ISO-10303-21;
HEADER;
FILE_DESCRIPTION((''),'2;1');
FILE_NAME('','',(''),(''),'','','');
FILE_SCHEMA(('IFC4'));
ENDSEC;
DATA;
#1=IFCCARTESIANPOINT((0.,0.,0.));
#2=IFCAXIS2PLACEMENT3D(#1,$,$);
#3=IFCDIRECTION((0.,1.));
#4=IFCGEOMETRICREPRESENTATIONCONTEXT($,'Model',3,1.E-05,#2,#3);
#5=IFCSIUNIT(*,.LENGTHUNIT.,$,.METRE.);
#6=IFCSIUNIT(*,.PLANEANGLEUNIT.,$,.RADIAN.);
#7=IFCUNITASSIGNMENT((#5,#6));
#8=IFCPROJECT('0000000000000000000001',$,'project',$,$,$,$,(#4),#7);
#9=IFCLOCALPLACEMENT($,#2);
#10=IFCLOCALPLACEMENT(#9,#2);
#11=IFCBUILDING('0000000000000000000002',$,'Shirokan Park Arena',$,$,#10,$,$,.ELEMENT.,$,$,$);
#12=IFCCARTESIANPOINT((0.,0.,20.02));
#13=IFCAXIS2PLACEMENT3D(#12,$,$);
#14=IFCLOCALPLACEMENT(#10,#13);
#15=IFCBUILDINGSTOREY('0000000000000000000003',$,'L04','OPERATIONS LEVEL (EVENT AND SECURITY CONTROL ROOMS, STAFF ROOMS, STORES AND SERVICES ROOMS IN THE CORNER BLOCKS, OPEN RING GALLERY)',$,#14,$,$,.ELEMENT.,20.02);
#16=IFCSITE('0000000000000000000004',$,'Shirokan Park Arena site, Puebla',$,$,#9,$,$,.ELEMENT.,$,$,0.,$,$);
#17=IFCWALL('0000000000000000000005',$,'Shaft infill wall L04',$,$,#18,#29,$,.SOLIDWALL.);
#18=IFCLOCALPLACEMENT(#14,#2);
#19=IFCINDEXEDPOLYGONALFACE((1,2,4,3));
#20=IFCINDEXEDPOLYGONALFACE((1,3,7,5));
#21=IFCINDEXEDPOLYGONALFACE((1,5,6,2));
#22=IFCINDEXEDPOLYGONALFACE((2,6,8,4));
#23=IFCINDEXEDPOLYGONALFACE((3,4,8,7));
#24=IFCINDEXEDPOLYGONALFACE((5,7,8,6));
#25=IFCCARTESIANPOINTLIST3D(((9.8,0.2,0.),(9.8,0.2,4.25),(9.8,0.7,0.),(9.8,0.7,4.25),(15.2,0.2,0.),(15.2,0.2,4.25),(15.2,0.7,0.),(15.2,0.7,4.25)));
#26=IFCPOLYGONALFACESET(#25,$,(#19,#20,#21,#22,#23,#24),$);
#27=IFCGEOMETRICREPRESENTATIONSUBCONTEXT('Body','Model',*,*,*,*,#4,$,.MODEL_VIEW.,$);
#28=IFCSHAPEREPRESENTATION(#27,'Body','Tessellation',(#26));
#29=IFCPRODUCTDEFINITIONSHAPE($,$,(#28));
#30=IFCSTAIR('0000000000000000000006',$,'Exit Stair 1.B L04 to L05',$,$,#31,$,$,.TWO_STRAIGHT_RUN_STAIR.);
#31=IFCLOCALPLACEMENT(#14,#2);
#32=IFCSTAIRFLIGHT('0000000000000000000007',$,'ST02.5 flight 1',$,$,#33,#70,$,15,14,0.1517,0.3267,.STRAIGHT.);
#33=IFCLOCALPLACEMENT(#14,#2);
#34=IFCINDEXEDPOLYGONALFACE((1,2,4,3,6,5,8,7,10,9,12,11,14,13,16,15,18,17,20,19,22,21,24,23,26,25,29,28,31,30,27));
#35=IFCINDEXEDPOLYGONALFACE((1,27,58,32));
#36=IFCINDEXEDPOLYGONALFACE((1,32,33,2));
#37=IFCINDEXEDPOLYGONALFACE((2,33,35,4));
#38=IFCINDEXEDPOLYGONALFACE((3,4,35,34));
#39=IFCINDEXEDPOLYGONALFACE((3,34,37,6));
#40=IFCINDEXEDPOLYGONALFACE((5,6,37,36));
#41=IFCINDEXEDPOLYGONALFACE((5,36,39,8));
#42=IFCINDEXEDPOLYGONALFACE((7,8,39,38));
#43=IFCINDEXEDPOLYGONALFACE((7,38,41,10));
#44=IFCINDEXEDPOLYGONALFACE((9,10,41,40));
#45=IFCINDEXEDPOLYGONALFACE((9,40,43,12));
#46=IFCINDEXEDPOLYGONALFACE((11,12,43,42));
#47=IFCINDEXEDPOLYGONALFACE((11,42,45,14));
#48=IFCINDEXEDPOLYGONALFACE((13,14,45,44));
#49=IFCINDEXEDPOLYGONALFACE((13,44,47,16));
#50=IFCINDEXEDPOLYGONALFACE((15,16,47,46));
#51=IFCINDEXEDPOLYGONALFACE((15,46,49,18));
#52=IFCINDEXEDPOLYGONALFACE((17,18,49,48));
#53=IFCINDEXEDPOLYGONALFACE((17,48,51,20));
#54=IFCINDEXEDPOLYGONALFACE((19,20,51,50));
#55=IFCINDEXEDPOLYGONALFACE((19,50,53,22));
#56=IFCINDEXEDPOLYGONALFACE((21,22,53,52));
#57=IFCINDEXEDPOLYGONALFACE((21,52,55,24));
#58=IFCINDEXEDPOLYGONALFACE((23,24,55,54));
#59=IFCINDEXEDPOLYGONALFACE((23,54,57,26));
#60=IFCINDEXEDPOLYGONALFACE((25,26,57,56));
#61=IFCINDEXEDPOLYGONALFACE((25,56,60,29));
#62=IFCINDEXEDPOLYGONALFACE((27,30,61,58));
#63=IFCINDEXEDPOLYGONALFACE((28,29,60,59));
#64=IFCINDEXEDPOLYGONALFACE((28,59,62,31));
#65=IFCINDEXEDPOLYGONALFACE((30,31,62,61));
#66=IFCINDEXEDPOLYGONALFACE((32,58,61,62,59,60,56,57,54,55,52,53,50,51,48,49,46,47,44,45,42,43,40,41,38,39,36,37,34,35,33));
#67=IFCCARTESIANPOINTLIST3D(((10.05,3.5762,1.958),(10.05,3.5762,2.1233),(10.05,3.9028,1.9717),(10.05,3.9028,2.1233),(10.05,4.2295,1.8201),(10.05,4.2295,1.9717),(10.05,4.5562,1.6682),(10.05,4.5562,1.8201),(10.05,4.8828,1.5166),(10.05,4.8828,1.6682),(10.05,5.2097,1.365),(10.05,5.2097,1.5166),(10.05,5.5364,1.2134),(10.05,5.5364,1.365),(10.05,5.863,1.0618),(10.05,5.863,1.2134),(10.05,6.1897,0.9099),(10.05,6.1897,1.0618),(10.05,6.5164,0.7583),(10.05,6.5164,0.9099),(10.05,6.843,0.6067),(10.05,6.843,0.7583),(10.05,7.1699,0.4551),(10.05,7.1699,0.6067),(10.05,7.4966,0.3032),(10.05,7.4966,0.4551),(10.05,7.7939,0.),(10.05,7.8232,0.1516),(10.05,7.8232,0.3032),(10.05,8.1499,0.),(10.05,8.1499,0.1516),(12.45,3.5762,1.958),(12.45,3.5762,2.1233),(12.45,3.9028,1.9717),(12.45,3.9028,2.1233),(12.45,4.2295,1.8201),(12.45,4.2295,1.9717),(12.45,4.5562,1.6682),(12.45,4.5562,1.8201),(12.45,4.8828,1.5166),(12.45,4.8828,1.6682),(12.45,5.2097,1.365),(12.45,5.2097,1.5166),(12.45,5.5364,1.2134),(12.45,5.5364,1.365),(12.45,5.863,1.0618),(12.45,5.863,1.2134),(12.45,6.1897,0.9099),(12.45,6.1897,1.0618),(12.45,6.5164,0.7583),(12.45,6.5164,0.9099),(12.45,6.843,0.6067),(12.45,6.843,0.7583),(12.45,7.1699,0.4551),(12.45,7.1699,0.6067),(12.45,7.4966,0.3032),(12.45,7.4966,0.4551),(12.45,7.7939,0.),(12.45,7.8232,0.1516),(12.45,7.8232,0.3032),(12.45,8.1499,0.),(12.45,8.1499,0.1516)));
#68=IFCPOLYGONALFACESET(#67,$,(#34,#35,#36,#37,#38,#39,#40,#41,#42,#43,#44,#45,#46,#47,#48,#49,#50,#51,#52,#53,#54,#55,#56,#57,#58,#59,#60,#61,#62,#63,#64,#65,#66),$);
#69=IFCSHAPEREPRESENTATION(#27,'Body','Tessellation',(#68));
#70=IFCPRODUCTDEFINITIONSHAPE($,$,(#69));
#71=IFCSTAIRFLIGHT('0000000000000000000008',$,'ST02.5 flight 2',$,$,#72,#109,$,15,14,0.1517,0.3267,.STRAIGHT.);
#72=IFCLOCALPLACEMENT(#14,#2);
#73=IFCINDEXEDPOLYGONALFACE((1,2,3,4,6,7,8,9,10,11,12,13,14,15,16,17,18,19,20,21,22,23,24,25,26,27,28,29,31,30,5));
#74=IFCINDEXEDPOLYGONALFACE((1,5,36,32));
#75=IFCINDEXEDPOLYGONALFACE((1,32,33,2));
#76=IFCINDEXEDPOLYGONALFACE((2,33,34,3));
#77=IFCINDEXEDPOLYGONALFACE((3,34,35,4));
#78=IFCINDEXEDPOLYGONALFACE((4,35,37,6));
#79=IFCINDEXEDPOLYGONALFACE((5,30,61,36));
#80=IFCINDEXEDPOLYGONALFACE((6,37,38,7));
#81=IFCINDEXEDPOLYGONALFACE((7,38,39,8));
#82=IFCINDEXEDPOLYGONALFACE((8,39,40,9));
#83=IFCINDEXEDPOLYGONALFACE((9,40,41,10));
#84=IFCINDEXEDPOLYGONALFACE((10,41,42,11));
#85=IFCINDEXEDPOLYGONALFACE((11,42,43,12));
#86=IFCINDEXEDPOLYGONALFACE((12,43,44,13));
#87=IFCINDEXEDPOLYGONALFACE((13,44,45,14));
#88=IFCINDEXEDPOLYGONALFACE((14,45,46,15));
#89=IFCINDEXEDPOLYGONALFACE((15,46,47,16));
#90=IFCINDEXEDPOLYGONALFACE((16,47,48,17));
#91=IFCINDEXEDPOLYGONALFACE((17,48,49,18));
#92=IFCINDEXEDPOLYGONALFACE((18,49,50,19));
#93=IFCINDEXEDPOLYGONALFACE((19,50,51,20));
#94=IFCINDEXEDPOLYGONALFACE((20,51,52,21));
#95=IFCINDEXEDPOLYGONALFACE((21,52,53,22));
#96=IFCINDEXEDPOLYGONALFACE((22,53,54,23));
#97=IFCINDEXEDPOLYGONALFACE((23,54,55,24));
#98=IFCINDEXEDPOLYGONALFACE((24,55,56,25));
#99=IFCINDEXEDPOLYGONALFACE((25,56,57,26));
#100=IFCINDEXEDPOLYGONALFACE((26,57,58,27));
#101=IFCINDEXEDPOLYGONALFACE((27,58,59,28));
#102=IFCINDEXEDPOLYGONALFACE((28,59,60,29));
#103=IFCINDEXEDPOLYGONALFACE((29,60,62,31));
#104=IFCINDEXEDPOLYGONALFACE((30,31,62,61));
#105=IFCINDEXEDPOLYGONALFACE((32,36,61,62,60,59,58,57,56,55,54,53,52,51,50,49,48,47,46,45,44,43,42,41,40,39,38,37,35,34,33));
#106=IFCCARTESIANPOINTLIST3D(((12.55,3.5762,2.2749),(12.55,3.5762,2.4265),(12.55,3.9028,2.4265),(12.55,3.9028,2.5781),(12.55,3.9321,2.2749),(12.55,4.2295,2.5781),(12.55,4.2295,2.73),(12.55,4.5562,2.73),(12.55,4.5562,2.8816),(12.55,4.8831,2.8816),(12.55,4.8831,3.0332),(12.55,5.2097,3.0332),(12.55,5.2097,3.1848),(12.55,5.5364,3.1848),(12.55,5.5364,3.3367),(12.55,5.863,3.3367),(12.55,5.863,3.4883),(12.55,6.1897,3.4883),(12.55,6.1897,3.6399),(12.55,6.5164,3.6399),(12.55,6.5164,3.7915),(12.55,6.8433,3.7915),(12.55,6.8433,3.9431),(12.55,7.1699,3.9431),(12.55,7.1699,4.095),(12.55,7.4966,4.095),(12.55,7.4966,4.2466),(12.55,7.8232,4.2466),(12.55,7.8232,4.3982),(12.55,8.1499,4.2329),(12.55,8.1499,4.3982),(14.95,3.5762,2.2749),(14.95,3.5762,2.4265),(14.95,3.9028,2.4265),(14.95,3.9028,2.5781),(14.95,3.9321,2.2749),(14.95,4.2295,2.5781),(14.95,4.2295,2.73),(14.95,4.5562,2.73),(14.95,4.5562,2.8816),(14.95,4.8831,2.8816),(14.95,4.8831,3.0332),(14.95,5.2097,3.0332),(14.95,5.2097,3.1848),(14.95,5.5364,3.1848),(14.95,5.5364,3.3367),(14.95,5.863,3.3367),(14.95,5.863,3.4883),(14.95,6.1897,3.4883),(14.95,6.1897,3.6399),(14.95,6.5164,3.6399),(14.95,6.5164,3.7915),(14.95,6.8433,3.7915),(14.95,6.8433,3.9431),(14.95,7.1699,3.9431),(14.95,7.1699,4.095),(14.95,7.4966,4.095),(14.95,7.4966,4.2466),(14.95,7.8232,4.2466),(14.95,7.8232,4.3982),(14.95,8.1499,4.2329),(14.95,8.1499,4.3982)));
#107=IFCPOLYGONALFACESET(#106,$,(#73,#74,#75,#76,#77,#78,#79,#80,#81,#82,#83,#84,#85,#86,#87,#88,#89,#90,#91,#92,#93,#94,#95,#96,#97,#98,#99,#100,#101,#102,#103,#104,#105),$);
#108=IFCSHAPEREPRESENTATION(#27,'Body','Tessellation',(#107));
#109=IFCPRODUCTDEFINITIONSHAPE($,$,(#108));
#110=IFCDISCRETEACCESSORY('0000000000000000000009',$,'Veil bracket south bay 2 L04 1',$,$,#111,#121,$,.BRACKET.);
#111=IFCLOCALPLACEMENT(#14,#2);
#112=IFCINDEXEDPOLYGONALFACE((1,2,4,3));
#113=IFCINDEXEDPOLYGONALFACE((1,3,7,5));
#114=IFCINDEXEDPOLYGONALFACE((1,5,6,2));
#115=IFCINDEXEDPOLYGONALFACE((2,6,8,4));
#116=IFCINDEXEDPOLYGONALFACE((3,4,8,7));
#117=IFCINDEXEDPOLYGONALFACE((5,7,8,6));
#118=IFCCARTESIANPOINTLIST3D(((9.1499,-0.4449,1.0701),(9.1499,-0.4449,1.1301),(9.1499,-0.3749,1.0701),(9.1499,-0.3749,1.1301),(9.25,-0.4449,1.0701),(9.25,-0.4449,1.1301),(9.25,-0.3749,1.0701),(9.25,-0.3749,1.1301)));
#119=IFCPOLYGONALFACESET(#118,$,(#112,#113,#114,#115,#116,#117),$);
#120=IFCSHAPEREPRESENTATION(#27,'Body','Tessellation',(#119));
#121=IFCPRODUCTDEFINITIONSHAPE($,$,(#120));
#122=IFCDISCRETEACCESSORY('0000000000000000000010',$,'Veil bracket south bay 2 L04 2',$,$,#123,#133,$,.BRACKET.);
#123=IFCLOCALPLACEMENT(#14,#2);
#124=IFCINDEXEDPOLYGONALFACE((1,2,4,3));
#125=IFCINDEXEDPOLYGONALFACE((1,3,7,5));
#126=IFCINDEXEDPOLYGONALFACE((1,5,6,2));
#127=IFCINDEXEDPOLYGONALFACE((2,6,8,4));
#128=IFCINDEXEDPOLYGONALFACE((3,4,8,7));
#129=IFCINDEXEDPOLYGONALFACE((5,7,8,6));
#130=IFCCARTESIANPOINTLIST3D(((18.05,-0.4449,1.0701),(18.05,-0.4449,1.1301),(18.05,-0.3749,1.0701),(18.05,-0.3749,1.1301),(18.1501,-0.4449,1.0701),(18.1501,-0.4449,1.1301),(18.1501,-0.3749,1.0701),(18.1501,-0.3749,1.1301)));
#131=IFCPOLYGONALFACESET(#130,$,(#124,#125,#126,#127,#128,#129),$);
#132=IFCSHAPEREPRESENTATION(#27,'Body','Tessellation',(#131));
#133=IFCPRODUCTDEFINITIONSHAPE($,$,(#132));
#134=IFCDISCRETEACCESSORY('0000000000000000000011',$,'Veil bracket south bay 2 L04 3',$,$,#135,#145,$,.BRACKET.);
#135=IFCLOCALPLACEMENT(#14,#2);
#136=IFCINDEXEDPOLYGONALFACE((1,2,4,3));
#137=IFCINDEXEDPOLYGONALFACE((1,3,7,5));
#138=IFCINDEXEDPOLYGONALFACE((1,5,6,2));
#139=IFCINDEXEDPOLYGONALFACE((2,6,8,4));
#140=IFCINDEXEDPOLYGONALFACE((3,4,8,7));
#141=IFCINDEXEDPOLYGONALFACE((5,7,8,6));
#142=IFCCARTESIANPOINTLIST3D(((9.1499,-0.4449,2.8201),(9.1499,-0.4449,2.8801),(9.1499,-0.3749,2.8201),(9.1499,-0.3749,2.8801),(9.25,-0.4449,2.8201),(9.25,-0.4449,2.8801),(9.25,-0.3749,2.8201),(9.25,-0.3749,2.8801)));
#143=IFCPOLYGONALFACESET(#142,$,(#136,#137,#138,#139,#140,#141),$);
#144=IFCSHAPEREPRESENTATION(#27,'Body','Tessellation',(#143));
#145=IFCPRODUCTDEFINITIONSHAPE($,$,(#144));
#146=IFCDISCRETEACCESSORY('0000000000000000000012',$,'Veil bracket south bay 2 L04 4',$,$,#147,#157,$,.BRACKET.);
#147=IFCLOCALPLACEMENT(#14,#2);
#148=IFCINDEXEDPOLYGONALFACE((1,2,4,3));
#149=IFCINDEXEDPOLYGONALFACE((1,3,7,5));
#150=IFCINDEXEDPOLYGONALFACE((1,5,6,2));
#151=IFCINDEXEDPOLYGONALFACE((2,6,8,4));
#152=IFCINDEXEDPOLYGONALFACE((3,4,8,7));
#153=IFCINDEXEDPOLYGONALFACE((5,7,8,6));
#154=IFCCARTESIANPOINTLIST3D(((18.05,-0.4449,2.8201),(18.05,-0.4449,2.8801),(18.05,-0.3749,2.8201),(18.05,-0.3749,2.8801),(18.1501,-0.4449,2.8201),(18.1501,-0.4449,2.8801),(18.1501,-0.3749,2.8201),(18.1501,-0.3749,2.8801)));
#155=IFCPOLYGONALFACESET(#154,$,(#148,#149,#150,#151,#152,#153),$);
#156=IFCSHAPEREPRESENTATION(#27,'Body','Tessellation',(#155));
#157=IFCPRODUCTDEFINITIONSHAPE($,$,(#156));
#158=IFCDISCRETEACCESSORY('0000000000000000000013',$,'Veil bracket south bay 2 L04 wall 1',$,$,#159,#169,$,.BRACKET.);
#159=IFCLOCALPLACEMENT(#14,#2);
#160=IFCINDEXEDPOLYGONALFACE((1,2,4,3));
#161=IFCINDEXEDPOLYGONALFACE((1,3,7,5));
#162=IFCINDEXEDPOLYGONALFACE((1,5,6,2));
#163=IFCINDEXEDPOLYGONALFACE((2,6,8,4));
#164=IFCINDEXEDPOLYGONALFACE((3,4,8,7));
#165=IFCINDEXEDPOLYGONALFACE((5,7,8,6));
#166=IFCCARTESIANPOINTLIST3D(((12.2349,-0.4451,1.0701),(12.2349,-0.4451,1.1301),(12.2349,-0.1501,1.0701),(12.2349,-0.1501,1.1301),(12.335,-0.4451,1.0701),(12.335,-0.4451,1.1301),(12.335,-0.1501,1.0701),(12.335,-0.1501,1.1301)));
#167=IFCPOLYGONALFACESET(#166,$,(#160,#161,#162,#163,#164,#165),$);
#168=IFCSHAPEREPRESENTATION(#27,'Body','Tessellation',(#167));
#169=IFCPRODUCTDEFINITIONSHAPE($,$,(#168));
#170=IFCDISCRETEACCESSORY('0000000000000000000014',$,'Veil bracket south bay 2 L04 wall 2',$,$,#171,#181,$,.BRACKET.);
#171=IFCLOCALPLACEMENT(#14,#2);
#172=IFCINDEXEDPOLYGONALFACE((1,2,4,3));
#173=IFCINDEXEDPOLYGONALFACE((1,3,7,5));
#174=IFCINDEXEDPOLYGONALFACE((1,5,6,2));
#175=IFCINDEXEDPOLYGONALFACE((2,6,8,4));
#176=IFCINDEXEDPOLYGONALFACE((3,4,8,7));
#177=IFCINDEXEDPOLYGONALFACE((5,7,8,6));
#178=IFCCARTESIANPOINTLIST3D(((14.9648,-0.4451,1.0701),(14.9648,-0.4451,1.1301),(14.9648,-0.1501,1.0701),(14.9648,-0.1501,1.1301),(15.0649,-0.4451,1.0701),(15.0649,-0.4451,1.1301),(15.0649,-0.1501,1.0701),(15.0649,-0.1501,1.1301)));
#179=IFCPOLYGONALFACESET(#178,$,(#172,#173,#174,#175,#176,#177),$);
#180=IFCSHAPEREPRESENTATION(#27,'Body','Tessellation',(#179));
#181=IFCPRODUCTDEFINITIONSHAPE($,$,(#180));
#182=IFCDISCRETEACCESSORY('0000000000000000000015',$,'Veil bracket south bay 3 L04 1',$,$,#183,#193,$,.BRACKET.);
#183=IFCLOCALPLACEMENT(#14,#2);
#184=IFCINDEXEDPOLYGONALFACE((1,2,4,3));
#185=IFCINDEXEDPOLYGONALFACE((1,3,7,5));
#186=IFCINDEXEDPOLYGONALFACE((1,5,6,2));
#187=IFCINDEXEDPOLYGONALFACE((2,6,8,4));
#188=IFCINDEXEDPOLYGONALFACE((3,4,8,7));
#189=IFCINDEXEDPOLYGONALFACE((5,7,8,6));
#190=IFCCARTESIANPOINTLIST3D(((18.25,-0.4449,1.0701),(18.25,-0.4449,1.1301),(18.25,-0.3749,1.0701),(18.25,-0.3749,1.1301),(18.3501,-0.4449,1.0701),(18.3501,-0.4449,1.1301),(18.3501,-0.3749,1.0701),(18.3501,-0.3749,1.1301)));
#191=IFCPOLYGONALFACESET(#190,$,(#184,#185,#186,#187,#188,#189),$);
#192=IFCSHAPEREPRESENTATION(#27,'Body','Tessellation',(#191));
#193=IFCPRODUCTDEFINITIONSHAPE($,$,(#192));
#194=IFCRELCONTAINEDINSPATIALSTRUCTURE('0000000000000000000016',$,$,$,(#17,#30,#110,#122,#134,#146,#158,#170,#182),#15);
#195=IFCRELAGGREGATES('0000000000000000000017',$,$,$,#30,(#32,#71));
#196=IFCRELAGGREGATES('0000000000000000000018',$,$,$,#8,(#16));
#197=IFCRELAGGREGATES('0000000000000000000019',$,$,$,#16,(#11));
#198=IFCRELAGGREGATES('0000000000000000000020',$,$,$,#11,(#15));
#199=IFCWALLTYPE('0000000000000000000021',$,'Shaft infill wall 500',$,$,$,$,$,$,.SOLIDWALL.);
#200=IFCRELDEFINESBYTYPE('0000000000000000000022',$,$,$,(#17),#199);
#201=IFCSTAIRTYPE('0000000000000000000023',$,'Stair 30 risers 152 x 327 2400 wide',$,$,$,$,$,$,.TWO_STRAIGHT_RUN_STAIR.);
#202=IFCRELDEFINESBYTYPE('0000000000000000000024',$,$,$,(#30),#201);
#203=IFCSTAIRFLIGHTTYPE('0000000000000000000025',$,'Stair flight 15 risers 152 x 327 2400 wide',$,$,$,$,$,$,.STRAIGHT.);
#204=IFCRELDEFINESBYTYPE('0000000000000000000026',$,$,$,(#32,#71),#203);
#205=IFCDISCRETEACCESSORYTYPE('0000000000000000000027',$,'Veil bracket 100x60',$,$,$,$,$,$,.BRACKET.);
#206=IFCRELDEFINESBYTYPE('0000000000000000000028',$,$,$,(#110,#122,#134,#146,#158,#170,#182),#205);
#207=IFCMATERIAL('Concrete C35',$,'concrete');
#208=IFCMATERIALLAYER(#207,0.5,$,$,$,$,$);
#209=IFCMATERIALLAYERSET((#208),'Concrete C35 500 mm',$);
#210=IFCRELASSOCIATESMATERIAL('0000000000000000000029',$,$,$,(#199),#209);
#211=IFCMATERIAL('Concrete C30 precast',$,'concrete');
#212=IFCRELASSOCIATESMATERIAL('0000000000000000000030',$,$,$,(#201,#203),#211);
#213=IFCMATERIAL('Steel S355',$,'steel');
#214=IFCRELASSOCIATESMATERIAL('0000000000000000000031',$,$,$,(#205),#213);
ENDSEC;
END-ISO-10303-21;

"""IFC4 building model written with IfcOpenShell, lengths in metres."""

from ifc_helpers import new_model, si_unit, direction, frame, frame_2d, origin, origin_2d, place, context, subcontext, project, spatial, polyline, rectangle, outline, extrude, material, layer, layer_set, type_object, element, aggregate, save


model = new_model("IFC4")

# Units and contexts
model_context = context("Model", 3, precision=1e-05, world=origin(), true_north=direction((0.0, 1.0)))
body_context = subcontext(model_context, "Body", "Model", "MODEL_VIEW")
ifc_project = project(units=[si_unit("LENGTHUNIT", "METRE"), si_unit("PLANEANGLEUNIT", "RADIAN")], contexts=[model_context])

# Site, building, storey
site_placement = place(None, origin())
site = spatial("IfcSite", under=ifc_project, at=site_placement, Name="Shirokan Park Arena site, Puebla", CompositionType="ELEMENT", RefElevation=0.0)
building_placement = place(site_placement, origin())
building = spatial("IfcBuilding", under=site, at=building_placement, Name="Shirokan Park Arena", CompositionType="ELEMENT")
storey_placement = place(building_placement, frame((0.0, 0.0, 20.02)))
storey = spatial("IfcBuildingStorey", under=building, at=storey_placement, Name="L04", Description="OPERATIONS LEVEL (EVENT AND SECURITY CONTROL ROOMS, STAFF ROOMS, STORES AND SERVICES ROOMS IN THE CORNER BLOCKS, OPEN RING GALLERY)", CompositionType="ELEMENT", Elevation=20.02)

# Shared definitions
ifc_material_1 = material(Name="Concrete C35", Category="concrete")

# Shared definitions
ifc_material_2 = material(Name="Steel S355", Category="steel")

# Wall
ifc_layer_1 = layer(ifc_material_1, 0.5)
ifc_layer_set_1 = layer_set([ifc_layer_1], Name="Concrete C35 500 mm")
wall_type_1 = type_object("IfcWallType", Name="Shaft infill wall 500", PredefinedType="SOLIDWALL", material=ifc_layer_set_1)
wall_1_placement = place(storey_placement, frame((9.8, 0.45, 0.0), z_axis=(0.0, 0.0, 1.0), x_axis=(1.0, 0.0, 0.0)))
element("IfcWall", 1, at=wall_1_placement, inside=storey, type_object=wall_type_1, Name="Shaft infill wall L04", PredefinedType="SOLIDWALL", context=body_context, shape_type="SweptSolid", body=[
    extrude(rectangle(XDim=5.3999, YDim=0.5, at=frame_2d((2.7, 0.0))), origin(), (0.0, 0.0, 1.0), 4.25),
])

# Stair, stair flights
ifc_material_3 = material(Name="Concrete C30 precast", Category="concrete")
stair_type = type_object("IfcStairType", Name="Stair 30 risers 152 x 327 2400 wide", PredefinedType="TWO_STRAIGHT_RUN_STAIR", material=ifc_material_3)
stair_placement = place(storey_placement, origin())
stair = element("IfcStair", 2, at=stair_placement, inside=storey, type_object=stair_type, Name="Exit Stair 1.B L04 to L05", PredefinedType="TWO_STRAIGHT_RUN_STAIR")
stair_flight_type = type_object("IfcStairFlightType", Name="Stair flight 15 risers 152 x 327 2400 wide", PredefinedType="STRAIGHT", material=ifc_material_3)
stair_flight_1_placement = place(storey_placement, frame((11.25, 8.1499, 0.0), z_axis=(0.0, 0.0, 1.0), x_axis=(0.0, -1.0, 0.0)))
stair_flight_1 = element("IfcStairFlight", 3, at=stair_flight_1_placement, type_object=stair_flight_type, Name="ST02.5 flight 1", NumberOfRisers=15, NumberOfTreads=14, PredefinedType="STRAIGHT", RiserHeight=0.1517, TreadLength=0.3267, context=body_context, shape_type="SweptSolid", body=[
    extrude(outline(polyline([(0.0, 0.0), (0.0, 0.1516), (0.3267, 0.1516), (0.3267, 0.3032), (0.6533, 0.3032), (0.6533, 0.4551), (0.98, 0.4551), (0.98, 0.6067), (1.3069, 0.6067), (1.3069, 0.7583), (1.6335, 0.7583), (1.6335, 0.9099), (1.9602, 0.9099), (1.9602, 1.0618), (2.2869, 1.0618), (2.2869, 1.2134), (2.6135, 1.2134), (2.6135, 1.365), (2.9402, 1.365), (2.9402, 1.5166), (3.2671, 1.5166), (3.2671, 1.6682), (3.5938, 1.6682), (3.5938, 1.8201), (3.9204, 1.8201), (3.9204, 1.9717), (4.2471, 1.9717), (4.2471, 2.1233), (4.5737, 2.1233), (4.5737, 2.2749), (4.5737, 1.958), (0.356, 0.0), (0.0, 0.0)])), frame((0.0, 1.2, 0.0), z_axis=(0.0, -1.0, 0.0), x_axis=(1.0, 0.0, 0.0)), (0.0, 0.0, 1.0), 2.3999),
])
stair_flight_2_placement = place(storey_placement, frame((13.75, 3.5762, 2.2749), z_axis=(0.0, 0.0, 1.0), x_axis=(0.0, 1.0, 0.0)))
stair_flight_2 = element("IfcStairFlight", 4, at=stair_flight_2_placement, type_object=stair_flight_type, Name="ST02.5 flight 2", NumberOfRisers=15, NumberOfTreads=14, PredefinedType="STRAIGHT", RiserHeight=0.1517, TreadLength=0.3267, context=body_context, shape_type="SweptSolid", body=[
    extrude(outline(polyline([(0.0, 0.0), (0.0, 0.1516), (0.3267, 0.1516), (0.3267, 0.3032), (0.6533, 0.3032), (0.6533, 0.4551), (0.98, 0.4551), (0.98, 0.6067), (1.3069, 0.6067), (1.3069, 0.7583), (1.6335, 0.7583), (1.6335, 0.9099), (1.9602, 0.9099), (1.9602, 1.0618), (2.2869, 1.0618), (2.2869, 1.2134), (2.6135, 1.2134), (2.6135, 1.365), (2.9402, 1.365), (2.9402, 1.5166), (3.2671, 1.5166), (3.2671, 1.6682), (3.5938, 1.6682), (3.5938, 1.8201), (3.9204, 1.8201), (3.9204, 1.9717), (4.2471, 1.9717), (4.2471, 2.1233), (4.5737, 2.1233), (4.5737, 2.2749), (4.5737, 1.958), (0.356, 0.0), (0.0, 0.0)])), frame((0.0, 1.2, 0.0), z_axis=(0.0, -1.0, 0.0), x_axis=(1.0, 0.0, 0.0)), (0.0, 0.0, 1.0), 2.3999),
])
aggregate(stair, [stair_flight_1, stair_flight_2])

# Discrete accessories
discrete_accessory_type = type_object("IfcDiscreteAccessoryType", Name="Veil bracket 100x60", PredefinedType="BRACKET", material=ifc_material_2)
for number, where, z_axis, x_axis, name in (
    (5, (9.2, -0.4099, 1.0701), (0.0, 0.0, 1.0), (1.0, 0.0, 0.0), "Veil bracket south bay 2 L04 1"),
    (6, (18.1001, -0.4099, 1.0701), (0.0, 0.0, 1.0), (1.0, 0.0, 0.0), "Veil bracket south bay 2 L04 2"),
    (7, (9.2, -0.4099, 2.8201), (0.0, 0.0, 1.0), (1.0, 0.0, 0.0), "Veil bracket south bay 2 L04 3"),
    (8, (18.1001, -0.4099, 2.8201), (0.0, 0.0, 1.0), (1.0, 0.0, 0.0), "Veil bracket south bay 2 L04 4"),
):
    element("IfcDiscreteAccessory", number, at=place(storey_placement, frame(where, z_axis=z_axis, x_axis=x_axis)), inside=storey, type_object=discrete_accessory_type, Name=name, PredefinedType="BRACKET", context=body_context, shape_type="SweptSolid", body=[
        extrude(rectangle(XDim=0.1001, YDim=0.0701, at=origin_2d()), origin(), (0.0, 0.0, 1.0), 0.0601),
    ])
for number, where, z_axis, x_axis, name in (
    (9, (12.2849, -0.2976, 1.0701), (0.0, 0.0, 1.0), (1.0, 0.0, 0.0), "Veil bracket south bay 2 L04 wall 1"),
    (10, (15.0149, -0.2976, 1.0701), (0.0, 0.0, 1.0), (1.0, 0.0, 0.0), "Veil bracket south bay 2 L04 wall 2"),
):
    element("IfcDiscreteAccessory", number, at=place(storey_placement, frame(where, z_axis=z_axis, x_axis=x_axis)), inside=storey, type_object=discrete_accessory_type, Name=name, PredefinedType="BRACKET", context=body_context, shape_type="SweptSolid", body=[
        extrude(rectangle(XDim=0.1001, YDim=0.2949, at=origin_2d()), origin(), (0.0, 0.0, 1.0), 0.0601),
    ])
for number, where, z_axis, x_axis, name in (
    (11, (18.3, -0.4099, 1.0701), (0.0, 0.0, 1.0), (1.0, 0.0, 0.0), "Veil bracket south bay 3 L04 1"),
):
    element("IfcDiscreteAccessory", number, at=place(storey_placement, frame(where, z_axis=z_axis, x_axis=x_axis)), inside=storey, type_object=discrete_accessory_type, Name=name, PredefinedType="BRACKET", context=body_context, shape_type="SweptSolid", body=[
        extrude(rectangle(XDim=0.1001, YDim=0.0701, at=origin_2d()), origin(), (0.0, 0.0, 1.0), 0.0601),
    ])

save(model, "model.ifc")
